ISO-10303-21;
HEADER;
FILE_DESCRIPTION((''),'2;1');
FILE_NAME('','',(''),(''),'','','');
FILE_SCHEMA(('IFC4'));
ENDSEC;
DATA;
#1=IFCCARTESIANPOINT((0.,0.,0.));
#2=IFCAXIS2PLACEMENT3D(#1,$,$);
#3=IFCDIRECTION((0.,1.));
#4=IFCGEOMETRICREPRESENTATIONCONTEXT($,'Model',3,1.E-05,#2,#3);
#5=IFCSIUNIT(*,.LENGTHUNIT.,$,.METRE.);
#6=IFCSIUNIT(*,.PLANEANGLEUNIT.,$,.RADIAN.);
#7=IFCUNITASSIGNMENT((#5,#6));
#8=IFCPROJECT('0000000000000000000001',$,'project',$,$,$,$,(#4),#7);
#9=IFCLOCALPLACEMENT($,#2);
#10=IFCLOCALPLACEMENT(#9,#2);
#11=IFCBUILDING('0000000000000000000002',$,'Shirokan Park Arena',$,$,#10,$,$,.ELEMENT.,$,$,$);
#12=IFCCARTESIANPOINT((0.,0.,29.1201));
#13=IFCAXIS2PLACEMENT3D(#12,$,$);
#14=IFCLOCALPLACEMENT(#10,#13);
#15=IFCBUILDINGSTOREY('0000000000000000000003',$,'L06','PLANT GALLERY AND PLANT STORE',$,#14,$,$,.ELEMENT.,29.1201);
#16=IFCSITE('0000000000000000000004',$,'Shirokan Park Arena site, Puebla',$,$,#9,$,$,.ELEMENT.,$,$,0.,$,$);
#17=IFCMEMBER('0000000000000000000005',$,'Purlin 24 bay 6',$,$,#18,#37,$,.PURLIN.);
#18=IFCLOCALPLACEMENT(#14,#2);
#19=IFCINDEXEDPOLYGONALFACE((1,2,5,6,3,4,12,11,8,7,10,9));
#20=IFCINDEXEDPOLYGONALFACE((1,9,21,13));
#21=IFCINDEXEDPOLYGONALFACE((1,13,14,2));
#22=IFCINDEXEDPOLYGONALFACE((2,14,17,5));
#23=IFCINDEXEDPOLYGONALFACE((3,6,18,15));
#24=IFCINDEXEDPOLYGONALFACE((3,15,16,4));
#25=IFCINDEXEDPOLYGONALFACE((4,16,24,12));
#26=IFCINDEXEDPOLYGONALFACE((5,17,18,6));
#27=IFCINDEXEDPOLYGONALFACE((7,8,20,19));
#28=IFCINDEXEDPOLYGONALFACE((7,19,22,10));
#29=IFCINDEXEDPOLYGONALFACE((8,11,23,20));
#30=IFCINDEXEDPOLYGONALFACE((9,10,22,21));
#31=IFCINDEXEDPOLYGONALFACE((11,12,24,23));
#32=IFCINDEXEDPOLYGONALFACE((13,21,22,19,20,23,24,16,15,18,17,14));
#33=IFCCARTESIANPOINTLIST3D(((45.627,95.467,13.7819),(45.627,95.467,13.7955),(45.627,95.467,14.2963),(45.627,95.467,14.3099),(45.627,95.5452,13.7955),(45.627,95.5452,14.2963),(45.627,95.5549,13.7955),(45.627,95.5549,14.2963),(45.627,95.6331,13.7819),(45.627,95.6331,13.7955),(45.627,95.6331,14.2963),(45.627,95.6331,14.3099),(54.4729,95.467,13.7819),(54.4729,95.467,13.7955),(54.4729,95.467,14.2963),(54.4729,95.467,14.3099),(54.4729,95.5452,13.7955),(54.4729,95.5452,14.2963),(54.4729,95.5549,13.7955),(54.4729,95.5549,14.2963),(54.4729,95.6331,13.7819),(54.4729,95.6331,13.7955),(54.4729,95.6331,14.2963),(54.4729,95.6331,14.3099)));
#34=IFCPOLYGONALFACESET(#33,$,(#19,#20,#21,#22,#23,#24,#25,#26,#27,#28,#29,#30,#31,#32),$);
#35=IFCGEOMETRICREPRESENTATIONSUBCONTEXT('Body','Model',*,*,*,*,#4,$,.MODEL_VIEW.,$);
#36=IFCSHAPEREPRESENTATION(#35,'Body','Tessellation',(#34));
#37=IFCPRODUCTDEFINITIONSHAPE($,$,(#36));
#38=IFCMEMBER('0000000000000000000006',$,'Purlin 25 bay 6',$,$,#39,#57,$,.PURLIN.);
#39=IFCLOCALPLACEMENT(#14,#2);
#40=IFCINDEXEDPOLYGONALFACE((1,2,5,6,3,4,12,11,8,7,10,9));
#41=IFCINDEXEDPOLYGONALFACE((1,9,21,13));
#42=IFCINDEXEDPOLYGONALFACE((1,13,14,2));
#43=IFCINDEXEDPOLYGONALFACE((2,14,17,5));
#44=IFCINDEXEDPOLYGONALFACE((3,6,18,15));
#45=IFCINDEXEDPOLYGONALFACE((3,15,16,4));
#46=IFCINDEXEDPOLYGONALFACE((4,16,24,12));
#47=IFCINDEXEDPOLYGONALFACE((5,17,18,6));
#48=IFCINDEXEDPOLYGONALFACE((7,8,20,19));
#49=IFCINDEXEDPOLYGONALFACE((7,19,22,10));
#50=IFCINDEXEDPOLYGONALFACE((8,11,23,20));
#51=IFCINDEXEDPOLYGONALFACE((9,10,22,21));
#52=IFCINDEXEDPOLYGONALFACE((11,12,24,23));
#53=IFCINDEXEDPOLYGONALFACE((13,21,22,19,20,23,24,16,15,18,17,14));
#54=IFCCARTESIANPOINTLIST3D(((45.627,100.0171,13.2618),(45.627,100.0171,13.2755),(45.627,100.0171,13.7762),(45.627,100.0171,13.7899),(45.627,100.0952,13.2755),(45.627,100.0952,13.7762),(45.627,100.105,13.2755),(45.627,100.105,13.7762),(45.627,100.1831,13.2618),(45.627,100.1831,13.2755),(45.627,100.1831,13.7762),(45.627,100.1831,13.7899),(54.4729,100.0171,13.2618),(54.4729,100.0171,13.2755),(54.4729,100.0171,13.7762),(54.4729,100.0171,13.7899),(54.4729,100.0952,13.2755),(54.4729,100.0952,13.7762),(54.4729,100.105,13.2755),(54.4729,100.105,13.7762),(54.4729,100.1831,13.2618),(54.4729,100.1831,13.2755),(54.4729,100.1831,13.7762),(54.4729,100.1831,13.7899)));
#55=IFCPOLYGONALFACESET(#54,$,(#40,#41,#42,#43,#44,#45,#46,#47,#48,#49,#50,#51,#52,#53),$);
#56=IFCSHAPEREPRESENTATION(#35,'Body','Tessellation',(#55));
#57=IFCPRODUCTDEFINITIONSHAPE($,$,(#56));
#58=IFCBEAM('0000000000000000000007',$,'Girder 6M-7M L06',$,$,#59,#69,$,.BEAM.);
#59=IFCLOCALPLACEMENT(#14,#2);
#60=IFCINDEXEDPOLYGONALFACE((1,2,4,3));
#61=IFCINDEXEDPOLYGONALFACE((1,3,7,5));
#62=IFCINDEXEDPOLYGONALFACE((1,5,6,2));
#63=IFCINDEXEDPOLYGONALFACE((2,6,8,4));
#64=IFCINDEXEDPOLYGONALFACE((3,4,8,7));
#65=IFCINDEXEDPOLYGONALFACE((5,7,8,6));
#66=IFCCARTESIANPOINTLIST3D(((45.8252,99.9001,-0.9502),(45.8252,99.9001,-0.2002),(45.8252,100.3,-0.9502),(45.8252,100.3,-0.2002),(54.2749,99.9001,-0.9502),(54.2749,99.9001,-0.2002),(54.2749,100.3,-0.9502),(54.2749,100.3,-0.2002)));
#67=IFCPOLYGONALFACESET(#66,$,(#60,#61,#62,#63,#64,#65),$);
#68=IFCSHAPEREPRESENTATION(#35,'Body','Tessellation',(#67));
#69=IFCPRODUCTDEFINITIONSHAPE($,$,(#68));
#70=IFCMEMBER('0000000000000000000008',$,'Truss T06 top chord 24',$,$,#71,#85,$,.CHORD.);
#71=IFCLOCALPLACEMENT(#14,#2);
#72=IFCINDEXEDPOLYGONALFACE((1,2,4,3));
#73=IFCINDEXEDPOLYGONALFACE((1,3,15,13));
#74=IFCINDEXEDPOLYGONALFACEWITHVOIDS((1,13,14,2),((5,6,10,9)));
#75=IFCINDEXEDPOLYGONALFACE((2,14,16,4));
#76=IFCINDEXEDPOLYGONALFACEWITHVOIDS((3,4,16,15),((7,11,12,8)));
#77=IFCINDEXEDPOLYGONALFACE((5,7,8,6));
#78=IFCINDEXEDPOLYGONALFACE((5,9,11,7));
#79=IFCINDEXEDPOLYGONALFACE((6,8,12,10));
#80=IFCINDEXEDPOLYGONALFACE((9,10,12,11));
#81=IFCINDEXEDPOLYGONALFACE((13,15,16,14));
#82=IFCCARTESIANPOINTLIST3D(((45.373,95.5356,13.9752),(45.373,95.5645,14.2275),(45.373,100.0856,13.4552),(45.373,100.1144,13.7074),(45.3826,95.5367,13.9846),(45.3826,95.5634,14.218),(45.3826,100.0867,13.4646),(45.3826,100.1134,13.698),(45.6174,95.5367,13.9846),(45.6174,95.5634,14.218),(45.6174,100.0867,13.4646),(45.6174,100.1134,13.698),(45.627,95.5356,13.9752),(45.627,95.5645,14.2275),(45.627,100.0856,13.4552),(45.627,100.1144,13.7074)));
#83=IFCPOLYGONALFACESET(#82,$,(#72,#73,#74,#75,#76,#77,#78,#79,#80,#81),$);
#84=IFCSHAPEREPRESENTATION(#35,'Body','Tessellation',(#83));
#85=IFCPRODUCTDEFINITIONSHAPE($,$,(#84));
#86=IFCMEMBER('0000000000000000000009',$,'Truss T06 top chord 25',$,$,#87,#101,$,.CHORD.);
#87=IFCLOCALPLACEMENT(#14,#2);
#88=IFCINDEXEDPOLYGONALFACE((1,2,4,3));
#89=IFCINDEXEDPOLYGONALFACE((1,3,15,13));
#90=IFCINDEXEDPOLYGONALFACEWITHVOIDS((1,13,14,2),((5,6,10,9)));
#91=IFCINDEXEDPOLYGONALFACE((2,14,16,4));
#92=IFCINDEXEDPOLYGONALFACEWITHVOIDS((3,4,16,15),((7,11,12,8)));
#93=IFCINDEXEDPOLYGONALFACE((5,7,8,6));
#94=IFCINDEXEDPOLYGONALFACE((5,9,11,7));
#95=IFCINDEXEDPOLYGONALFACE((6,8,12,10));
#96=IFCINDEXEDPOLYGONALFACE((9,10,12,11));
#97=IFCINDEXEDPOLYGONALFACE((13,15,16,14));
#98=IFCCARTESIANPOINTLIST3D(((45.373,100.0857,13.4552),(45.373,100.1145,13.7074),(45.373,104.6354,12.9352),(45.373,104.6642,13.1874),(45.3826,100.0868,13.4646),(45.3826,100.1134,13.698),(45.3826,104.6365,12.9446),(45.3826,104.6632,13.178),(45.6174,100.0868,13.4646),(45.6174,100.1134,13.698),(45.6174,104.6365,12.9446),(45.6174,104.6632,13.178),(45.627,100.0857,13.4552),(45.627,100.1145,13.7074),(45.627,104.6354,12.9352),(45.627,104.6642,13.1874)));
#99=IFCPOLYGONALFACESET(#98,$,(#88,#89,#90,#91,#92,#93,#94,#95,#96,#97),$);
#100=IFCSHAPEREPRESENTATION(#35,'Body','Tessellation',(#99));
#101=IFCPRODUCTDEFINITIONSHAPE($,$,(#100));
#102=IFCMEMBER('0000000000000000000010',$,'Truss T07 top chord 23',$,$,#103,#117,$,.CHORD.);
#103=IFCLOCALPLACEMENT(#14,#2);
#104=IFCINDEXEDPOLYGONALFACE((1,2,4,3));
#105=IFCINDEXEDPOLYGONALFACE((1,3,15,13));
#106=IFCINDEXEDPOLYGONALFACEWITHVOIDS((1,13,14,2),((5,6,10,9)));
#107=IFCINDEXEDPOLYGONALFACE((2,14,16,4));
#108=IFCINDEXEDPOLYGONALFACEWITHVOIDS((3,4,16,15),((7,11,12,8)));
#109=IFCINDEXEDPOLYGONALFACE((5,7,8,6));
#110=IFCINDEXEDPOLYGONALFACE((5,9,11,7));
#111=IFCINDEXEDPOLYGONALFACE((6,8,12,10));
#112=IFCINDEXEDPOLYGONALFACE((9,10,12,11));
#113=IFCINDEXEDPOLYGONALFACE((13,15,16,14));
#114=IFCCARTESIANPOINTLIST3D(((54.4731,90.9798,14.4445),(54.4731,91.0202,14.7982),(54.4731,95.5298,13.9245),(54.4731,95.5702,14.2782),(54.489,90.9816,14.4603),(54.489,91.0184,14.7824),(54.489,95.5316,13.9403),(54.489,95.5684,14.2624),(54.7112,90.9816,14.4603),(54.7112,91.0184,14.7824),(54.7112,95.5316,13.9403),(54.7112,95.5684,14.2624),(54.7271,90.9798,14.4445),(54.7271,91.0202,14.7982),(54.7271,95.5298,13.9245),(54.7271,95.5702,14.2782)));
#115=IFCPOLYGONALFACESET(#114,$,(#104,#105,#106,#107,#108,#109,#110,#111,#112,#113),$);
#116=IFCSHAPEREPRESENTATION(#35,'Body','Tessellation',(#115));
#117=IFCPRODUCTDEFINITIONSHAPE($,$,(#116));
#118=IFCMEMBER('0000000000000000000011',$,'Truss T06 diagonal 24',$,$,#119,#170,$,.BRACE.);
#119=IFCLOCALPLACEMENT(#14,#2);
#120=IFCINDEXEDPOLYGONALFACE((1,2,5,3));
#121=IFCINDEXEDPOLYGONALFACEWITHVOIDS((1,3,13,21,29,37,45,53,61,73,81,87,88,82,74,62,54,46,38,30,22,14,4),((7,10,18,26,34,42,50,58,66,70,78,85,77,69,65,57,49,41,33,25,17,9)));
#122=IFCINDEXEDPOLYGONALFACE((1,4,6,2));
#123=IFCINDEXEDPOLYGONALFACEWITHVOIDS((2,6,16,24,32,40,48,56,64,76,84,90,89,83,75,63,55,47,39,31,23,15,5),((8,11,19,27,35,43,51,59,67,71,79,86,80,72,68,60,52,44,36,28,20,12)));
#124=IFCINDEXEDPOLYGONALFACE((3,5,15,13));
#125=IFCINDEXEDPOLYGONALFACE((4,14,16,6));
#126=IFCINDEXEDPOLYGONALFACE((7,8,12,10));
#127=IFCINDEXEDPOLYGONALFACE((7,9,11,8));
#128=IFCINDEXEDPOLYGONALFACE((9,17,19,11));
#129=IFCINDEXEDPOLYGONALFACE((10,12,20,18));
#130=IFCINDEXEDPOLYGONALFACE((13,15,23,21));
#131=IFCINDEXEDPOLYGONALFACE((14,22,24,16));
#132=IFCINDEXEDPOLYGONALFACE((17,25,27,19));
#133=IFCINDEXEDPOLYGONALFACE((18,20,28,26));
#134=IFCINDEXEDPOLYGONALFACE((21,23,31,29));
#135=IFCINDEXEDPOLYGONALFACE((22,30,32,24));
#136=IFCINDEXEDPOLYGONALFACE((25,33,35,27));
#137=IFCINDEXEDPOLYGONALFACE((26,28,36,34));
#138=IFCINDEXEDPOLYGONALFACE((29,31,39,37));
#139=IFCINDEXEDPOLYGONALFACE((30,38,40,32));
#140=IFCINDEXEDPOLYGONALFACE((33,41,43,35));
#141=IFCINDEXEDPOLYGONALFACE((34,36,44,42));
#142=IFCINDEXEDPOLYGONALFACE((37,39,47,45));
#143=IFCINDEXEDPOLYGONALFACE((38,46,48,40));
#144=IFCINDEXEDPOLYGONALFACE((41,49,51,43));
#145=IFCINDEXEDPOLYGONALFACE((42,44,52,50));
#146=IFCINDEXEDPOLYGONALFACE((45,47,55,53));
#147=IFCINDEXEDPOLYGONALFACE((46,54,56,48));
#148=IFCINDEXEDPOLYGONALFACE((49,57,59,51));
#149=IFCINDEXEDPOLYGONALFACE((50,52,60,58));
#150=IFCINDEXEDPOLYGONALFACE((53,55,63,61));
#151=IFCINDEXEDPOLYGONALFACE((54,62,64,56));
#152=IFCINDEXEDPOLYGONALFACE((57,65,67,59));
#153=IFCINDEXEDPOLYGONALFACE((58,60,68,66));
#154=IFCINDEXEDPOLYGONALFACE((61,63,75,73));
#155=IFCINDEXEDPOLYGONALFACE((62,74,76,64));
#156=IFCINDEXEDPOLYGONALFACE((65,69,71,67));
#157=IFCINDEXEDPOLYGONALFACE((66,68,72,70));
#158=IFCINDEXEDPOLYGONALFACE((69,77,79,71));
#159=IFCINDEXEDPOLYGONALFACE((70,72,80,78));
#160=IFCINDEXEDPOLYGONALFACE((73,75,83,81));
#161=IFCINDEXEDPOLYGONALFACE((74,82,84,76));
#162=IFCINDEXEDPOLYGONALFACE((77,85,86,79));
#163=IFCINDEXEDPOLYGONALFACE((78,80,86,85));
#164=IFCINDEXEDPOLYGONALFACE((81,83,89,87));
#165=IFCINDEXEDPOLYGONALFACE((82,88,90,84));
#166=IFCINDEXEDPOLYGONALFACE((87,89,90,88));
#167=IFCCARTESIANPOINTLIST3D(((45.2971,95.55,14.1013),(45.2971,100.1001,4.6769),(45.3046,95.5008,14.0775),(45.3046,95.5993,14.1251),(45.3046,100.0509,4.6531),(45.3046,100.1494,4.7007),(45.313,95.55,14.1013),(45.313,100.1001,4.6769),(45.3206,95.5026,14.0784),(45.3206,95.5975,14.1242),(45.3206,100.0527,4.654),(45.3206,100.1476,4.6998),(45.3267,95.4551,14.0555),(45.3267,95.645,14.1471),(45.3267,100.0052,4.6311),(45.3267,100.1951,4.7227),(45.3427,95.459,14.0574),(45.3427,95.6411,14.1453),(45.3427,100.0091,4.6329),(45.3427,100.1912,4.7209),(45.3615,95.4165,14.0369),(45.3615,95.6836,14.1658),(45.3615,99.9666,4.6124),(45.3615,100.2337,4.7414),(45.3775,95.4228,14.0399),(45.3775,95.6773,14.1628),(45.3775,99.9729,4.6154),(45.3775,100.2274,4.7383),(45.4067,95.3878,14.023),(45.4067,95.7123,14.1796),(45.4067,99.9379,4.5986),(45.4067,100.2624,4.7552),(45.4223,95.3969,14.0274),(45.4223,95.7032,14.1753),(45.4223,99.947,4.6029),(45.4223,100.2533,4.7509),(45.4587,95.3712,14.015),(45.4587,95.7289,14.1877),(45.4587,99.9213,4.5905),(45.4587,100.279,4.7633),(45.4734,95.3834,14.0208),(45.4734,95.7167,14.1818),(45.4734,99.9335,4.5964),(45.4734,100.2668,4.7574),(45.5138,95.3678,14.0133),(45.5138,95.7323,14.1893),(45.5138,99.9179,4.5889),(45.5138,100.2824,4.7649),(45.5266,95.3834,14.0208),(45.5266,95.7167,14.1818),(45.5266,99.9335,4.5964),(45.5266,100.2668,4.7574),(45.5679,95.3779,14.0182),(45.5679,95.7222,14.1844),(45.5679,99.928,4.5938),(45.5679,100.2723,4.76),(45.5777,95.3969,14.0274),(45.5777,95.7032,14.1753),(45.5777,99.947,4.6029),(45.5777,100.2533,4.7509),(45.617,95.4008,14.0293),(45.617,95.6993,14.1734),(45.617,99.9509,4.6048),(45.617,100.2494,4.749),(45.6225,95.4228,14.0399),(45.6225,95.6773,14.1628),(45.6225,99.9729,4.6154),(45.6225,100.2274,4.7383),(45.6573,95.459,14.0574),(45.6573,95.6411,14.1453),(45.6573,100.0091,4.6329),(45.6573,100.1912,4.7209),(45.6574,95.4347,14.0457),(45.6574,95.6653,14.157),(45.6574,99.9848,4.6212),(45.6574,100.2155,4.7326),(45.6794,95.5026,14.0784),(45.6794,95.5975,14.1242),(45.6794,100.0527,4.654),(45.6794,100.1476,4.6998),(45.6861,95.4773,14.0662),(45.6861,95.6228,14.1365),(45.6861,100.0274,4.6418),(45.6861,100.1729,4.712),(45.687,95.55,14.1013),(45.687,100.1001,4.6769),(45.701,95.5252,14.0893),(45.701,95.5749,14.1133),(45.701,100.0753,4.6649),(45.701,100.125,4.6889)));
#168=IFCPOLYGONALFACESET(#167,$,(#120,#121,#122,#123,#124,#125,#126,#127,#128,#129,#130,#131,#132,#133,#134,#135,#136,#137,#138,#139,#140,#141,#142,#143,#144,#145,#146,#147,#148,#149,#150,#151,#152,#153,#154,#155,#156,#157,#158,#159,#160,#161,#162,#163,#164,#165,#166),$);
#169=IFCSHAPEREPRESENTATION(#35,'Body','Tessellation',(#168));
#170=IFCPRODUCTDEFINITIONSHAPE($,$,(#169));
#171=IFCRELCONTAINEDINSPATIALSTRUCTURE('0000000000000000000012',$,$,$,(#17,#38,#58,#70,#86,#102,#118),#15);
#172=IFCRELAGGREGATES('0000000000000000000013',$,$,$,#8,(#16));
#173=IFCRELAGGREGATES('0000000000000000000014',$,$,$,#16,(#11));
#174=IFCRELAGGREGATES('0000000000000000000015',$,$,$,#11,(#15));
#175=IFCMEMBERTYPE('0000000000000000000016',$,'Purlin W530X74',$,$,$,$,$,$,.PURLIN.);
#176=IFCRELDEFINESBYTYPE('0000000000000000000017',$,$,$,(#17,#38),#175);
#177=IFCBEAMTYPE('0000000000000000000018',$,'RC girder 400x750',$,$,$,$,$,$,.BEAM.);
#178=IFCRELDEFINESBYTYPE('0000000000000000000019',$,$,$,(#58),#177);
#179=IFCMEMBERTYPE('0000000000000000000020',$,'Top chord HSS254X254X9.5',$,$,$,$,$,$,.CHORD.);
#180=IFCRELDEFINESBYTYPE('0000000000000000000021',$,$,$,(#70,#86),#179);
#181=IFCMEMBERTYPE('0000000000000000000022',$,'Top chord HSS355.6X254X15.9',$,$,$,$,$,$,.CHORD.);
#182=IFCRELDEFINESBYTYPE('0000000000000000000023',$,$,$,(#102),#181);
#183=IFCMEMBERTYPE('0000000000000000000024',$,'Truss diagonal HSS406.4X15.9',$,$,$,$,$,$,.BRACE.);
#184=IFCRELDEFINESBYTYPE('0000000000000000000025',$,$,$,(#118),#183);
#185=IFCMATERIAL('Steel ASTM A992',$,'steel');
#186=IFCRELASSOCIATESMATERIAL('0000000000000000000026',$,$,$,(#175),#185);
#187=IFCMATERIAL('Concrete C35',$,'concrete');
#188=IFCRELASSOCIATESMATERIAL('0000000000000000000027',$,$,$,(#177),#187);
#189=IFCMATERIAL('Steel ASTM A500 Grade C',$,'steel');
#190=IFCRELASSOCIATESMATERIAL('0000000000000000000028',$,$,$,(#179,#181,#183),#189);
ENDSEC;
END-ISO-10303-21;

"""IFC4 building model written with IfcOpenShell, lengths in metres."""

from ifc_helpers import new_model, si_unit, direction, frame, origin, origin_2d, place, context, subcontext, project, spatial, rectangle, hollow_rectangle, hollow_circle, i_section, extrude, material, material_profile, profile_set, type_object, element, save


model = new_model("IFC4")

# Units and contexts
model_context = context("Model", 3, precision=1e-05, world=origin(), true_north=direction((0.0, 1.0)))
body_context = subcontext(model_context, "Body", "Model", "MODEL_VIEW")
ifc_project = project(units=[si_unit("LENGTHUNIT", "METRE"), si_unit("PLANEANGLEUNIT", "RADIAN")], contexts=[model_context])

# Site, building, storey
site_placement = place(None, origin())
site = spatial("IfcSite", under=ifc_project, at=site_placement, Name="Shirokan Park Arena site, Puebla", CompositionType="ELEMENT", RefElevation=0.0)
building_placement = place(site_placement, origin())
building = spatial("IfcBuilding", under=site, at=building_placement, Name="Shirokan Park Arena", CompositionType="ELEMENT")
storey_placement = place(building_placement, frame((0.0, 0.0, 29.1201)))
storey = spatial("IfcBuildingStorey", under=building, at=storey_placement, Name="L06", Description="PLANT GALLERY AND PLANT STORE", CompositionType="ELEMENT", Elevation=29.1201)

# Members
ifc_material_1 = material(Name="Steel ASTM A500 Grade C", Category="steel")
ifc_material_2 = material(Name="Steel ASTM A992", Category="steel")
ifc_material_profile_1 = material_profile(ifc_material_2, i_section(OverallWidth=0.166, OverallDepth=0.5281, WebThickness=0.0098, FlangeThickness=0.0137, at=origin_2d()), Name="W530X74")
ifc_profile_set_1 = profile_set([ifc_material_profile_1], Name="Steel ASTM A992")
member_type_1 = type_object("IfcMemberType", Name="Purlin W530X74", PredefinedType="PURLIN", material=ifc_profile_set_1)
for number, where, z_axis, x_axis, name in (
    (1, (45.627, 95.55, 14.0459), (1.0, 0.0, 0.0), (0.0, 1.0, 0.0), "Purlin 24 bay 6"),
    (2, (45.627, 100.1001, 13.5259), (1.0, 0.0, 0.0), (0.0, 1.0, 0.0), "Purlin 25 bay 6"),
):
    element("IfcMember", number, at=place(storey_placement, frame(where, z_axis=z_axis, x_axis=x_axis)), inside=storey, type_object=member_type_1, Name=name, PredefinedType="PURLIN", context=body_context, shape_type="SweptSolid", body=[
        extrude(i_section(OverallWidth=0.166, OverallDepth=0.5281, WebThickness=0.0098, FlangeThickness=0.0137, at=origin_2d()), origin(), (0.0, 0.0, 1.0), 8.8459),
    ])

# Beam
ifc_material_3 = material(Name="Concrete C35", Category="concrete")
ifc_material_profile_2 = material_profile(ifc_material_3, rectangle(XDim=0.3999, YDim=0.75, at=origin_2d()), Name="400x750")
ifc_profile_set_2 = profile_set([ifc_material_profile_2], Name="Concrete C35")
beam_type = type_object("IfcBeamType", Name="RC girder 400x750", PredefinedType="BEAM", material=ifc_profile_set_2)
beam_placement = place(storey_placement, frame((45.8252, 100.1001, -0.5752), z_axis=(1.0, 0.0, 0.0), x_axis=(0.0, 1.0, 0.0)))
element("IfcBeam", 3, at=beam_placement, inside=storey, type_object=beam_type, Name="Girder 6M-7M L06", PredefinedType="BEAM", context=body_context, shape_type="SweptSolid", body=[
    extrude(rectangle(XDim=0.3999, YDim=0.75, at=origin_2d()), origin(), (0.0, 0.0, 1.0), 8.4497),
])

# Members
ifc_material_profile_3 = material_profile(ifc_material_1, hollow_rectangle(XDim=0.2539, YDim=0.2539, WallThickness=0.0095, at=origin_2d()), Name="HSS254X254X9.5")
ifc_profile_set_3 = profile_set([ifc_material_profile_3], Name="Steel ASTM A500 Grade C")
member_type_2 = type_object("IfcMemberType", Name="Top chord HSS254X254X9.5", PredefinedType="CHORD", material=ifc_profile_set_3)
member_1_placement = place(storey_placement, frame((45.5, 95.55, 14.1013), z_axis=(0.0, 0.993532, -0.11355), x_axis=(-1.0, 0.0, 0.0)))
element("IfcMember", 4, at=member_1_placement, inside=storey, type_object=member_type_2, Name="Truss T06 top chord 24", PredefinedType="CHORD", context=body_context, shape_type="SweptSolid", body=[
    extrude(hollow_rectangle(XDim=0.2539, YDim=0.2539, WallThickness=0.0095, at=origin_2d()), origin(), (0.0, 0.0, 1.0), 4.5796),
])
member_2_placement = place(storey_placement, frame((45.5, 100.1001, 13.5813), z_axis=(0.0, 0.993532, -0.113556), x_axis=(-1.0, 0.0, 0.0)))
element("IfcMember", 5, at=member_2_placement, inside=storey, type_object=member_type_2, Name="Truss T06 top chord 25", PredefinedType="CHORD", context=body_context, shape_type="SweptSolid", body=[
    extrude(hollow_rectangle(XDim=0.2539, YDim=0.2539, WallThickness=0.0095, at=origin_2d()), origin(), (0.0, 0.0, 1.0), 4.5793),
])
ifc_material_profile_4 = material_profile(ifc_material_1, hollow_rectangle(XDim=0.2539, YDim=0.356, WallThickness=0.0159, at=origin_2d()), Name="HSS355.6X254X15.9")
ifc_profile_set_4 = profile_set([ifc_material_profile_4], Name="Steel ASTM A500 Grade C")
member_type_3 = type_object("IfcMemberType", Name="Top chord HSS355.6X254X15.9", PredefinedType="CHORD", material=ifc_profile_set_4)
member_3_placement = place(storey_placement, frame((54.6001, 91.0, 14.6213), z_axis=(0.0, 0.993532, -0.11355), x_axis=(-1.0, 0.0, 0.0)))
element("IfcMember", 6, at=member_3_placement, inside=storey, type_object=member_type_3, Name="Truss T07 top chord 23", PredefinedType="CHORD", context=body_context, shape_type="SweptSolid", body=[
    extrude(hollow_rectangle(XDim=0.2539, YDim=0.356, WallThickness=0.0159, at=origin_2d()), origin(), (0.0, 0.0, 1.0), 4.5796),
])
ifc_material_profile_5 = material_profile(ifc_material_1, hollow_circle(Radius=0.2029, WallThickness=0.0159, at=origin_2d()), Name="HSS406.4X15.9")
ifc_profile_set_5 = profile_set([ifc_material_profile_5], Name="Steel ASTM A500 Grade C")
member_type_4 = type_object("IfcMemberType", Name="Truss diagonal HSS406.4X15.9", PredefinedType="BRACE", material=ifc_profile_set_5)
member_4_placement = place(storey_placement, frame((45.5, 95.55, 14.1013), z_axis=(0.0, 0.434778, -0.900537), x_axis=(-1.0, 0.0, 0.0)))
element("IfcMember", 7, at=member_4_placement, inside=storey, type_object=member_type_4, Name="Truss T06 diagonal 24", PredefinedType="BRACE", context=body_context, shape_type="SweptSolid", body=[
    extrude(hollow_circle(Radius=0.2029, WallThickness=0.0159, at=origin_2d()), origin(), (0.0, 0.0, 1.0), 10.4653),
])

save(model, "model.ifc")
